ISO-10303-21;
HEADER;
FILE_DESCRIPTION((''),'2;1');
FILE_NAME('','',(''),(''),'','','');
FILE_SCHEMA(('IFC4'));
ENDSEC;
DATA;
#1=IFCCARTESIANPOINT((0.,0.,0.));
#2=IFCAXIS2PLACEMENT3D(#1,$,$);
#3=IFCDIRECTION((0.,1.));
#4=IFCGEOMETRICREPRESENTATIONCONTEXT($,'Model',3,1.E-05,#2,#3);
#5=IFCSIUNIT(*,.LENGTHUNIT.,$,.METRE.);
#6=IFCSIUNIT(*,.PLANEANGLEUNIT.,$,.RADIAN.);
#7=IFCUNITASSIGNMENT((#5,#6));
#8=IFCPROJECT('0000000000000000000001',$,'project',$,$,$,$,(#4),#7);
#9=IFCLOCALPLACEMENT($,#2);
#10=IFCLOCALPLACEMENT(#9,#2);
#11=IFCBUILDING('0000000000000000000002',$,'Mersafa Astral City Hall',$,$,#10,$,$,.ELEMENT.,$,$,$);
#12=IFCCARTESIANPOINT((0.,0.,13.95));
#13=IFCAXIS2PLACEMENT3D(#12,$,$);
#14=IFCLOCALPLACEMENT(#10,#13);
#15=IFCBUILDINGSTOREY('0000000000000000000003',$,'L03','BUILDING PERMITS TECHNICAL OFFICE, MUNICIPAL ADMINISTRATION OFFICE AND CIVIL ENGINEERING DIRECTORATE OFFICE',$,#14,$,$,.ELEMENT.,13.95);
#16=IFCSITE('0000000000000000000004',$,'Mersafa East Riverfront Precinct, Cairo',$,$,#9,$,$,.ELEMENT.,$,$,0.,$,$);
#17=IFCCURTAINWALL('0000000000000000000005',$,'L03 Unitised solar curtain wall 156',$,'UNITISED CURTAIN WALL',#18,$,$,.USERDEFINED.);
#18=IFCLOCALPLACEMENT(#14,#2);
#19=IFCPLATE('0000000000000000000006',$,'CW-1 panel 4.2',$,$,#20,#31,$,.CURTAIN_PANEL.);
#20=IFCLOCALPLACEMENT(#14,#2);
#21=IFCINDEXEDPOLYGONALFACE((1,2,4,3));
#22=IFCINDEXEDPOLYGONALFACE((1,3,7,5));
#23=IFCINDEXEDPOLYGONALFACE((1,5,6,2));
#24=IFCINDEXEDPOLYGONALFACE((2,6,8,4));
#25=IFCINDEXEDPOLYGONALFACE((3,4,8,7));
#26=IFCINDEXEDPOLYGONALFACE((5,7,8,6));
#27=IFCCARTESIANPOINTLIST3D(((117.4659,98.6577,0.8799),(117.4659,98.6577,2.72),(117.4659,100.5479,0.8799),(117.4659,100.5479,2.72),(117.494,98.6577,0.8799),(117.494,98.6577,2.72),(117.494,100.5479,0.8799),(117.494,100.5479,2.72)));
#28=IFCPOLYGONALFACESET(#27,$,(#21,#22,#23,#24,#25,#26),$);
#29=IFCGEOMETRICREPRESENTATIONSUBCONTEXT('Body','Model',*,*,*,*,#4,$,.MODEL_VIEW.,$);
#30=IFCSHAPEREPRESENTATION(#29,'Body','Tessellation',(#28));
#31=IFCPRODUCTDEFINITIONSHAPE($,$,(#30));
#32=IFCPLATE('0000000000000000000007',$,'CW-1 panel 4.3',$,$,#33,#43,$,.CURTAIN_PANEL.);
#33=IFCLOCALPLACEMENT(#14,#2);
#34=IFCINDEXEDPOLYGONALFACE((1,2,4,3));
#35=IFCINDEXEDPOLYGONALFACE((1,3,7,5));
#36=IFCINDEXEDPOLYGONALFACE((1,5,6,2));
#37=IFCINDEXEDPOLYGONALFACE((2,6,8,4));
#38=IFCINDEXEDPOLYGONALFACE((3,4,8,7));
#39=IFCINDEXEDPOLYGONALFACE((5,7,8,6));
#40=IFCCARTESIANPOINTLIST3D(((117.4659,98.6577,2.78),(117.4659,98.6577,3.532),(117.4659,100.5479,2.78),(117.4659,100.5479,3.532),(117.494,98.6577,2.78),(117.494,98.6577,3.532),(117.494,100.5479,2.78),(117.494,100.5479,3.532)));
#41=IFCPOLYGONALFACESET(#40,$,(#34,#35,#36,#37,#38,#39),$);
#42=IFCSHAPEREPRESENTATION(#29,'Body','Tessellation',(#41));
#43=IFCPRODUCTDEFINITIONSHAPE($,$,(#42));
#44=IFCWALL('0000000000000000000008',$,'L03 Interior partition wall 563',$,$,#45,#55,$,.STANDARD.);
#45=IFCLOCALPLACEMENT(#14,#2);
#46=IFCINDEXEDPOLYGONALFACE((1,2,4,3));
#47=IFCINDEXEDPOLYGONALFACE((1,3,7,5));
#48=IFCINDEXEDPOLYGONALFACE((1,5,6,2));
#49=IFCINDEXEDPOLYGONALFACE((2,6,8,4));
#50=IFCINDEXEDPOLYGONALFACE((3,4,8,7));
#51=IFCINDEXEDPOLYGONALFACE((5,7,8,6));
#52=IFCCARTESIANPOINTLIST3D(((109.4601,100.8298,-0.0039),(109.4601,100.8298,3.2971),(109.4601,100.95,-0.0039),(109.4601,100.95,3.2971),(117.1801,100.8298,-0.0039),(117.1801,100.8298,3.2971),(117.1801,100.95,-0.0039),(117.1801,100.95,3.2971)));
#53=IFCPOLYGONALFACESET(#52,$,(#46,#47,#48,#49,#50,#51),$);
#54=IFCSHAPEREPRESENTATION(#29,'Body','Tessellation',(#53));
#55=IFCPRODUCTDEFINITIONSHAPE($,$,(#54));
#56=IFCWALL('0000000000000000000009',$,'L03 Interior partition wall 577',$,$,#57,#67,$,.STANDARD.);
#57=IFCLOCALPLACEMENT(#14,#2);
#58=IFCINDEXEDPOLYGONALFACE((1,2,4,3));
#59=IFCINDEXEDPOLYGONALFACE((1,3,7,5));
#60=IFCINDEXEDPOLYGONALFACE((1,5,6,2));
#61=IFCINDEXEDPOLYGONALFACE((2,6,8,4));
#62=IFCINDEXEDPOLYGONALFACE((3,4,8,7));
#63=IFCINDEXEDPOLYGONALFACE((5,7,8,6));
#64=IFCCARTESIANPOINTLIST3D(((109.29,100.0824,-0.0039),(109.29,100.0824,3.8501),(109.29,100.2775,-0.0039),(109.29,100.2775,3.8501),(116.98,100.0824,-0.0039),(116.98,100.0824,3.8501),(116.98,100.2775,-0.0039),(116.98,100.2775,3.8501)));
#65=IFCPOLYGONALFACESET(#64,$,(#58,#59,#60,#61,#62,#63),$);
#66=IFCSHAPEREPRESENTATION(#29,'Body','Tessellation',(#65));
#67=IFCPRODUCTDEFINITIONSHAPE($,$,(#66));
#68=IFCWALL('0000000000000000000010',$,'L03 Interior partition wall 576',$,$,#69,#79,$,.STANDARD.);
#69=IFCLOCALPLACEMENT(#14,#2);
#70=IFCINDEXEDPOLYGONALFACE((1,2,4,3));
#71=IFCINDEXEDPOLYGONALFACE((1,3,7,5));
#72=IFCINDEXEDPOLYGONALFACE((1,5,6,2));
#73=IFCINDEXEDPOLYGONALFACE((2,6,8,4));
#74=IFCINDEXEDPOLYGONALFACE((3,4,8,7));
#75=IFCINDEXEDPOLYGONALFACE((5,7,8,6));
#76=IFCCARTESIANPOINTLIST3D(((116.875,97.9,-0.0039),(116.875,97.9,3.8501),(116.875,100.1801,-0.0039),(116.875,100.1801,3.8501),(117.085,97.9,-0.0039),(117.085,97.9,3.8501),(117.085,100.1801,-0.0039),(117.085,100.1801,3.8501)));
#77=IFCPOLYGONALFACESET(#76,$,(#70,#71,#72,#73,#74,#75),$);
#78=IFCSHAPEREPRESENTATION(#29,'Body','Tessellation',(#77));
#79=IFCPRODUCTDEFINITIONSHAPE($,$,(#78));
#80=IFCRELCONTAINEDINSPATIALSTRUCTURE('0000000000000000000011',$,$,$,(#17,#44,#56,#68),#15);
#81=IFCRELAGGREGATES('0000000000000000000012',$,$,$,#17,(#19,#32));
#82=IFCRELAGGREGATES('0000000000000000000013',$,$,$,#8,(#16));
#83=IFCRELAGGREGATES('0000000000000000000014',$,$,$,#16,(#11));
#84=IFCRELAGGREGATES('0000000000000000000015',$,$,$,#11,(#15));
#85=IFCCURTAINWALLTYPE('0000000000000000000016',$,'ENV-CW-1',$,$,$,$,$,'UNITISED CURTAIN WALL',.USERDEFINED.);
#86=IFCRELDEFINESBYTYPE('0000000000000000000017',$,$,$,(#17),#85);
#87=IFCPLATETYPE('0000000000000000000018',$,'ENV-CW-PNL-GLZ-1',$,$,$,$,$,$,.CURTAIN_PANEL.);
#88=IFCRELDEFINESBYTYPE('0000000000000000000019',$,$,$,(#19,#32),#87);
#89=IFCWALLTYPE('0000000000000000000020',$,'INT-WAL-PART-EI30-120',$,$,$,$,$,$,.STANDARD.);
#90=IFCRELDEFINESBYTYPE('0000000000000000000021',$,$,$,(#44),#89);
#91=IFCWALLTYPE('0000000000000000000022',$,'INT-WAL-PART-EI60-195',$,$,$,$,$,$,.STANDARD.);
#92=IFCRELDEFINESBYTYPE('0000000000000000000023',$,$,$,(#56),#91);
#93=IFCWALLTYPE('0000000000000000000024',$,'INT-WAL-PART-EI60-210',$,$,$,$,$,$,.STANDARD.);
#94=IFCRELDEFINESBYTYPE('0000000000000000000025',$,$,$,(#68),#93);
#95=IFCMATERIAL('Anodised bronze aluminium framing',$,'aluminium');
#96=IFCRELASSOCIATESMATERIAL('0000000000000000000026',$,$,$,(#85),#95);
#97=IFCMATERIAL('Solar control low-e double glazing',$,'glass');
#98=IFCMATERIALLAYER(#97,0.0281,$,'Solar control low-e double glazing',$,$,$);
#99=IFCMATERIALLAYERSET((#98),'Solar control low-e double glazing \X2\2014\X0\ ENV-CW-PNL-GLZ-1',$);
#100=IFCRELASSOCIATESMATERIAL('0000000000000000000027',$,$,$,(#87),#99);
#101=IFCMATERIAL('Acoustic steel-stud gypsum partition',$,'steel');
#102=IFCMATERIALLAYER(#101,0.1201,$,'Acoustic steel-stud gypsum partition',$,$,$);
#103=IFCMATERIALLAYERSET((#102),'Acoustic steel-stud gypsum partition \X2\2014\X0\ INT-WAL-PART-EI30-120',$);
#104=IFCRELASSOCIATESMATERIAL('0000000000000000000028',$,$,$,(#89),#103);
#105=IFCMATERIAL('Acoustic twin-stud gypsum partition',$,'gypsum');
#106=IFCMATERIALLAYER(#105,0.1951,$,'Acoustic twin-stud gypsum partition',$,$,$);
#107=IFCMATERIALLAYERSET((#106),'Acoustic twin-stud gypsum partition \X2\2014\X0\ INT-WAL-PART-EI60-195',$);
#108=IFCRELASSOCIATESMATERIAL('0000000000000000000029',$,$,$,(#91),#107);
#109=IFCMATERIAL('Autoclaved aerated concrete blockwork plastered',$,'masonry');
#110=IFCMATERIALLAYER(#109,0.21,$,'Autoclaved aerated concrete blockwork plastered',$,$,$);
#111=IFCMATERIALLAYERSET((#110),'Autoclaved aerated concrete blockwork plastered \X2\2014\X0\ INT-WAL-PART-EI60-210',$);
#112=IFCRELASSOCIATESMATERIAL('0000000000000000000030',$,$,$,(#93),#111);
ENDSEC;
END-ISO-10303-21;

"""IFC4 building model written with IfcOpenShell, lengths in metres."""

from ifc_helpers import new_model, si_unit, direction, frame, frame_2d, origin, origin_2d, place, context, subcontext, project, spatial, rectangle, extrude, material, layer, layer_set, type_object, element, aggregate, save


model = new_model("IFC4")

# Units and contexts
model_context = context("Model", 3, precision=1e-05, world=origin(), true_north=direction((0.0, 1.0)))
body_context = subcontext(model_context, "Body", "Model", "MODEL_VIEW")
ifc_project = project(units=[si_unit("LENGTHUNIT", "METRE"), si_unit("PLANEANGLEUNIT", "RADIAN")], contexts=[model_context])

# Site, building, storey
site_placement = place(None, origin())
site = spatial("IfcSite", under=ifc_project, at=site_placement, Name="Mersafa East Riverfront Precinct, Cairo", CompositionType="ELEMENT", RefElevation=0.0)
building_placement = place(site_placement, origin())
building = spatial("IfcBuilding", under=site, at=building_placement, Name="Mersafa Astral City Hall", CompositionType="ELEMENT")
storey_placement = place(building_placement, frame((0.0, 0.0, 13.95)))
storey = spatial("IfcBuildingStorey", under=building, at=storey_placement, Name="L03", Description="BUILDING PERMITS TECHNICAL OFFICE, MUNICIPAL ADMINISTRATION OFFICE AND CIVIL ENGINEERING DIRECTORATE OFFICE", CompositionType="ELEMENT", Elevation=13.95)

# Curtain wall
ifc_material_1 = material(Name="Anodised bronze aluminium framing", Category="aluminium")
curtain_wall_type = type_object("IfcCurtainWallType", Name="ENV-CW-1", ElementType="UNITISED CURTAIN WALL", PredefinedType="USERDEFINED", material=ifc_material_1)
curtain_wall_placement = place(storey_placement, origin())
curtain_wall = element("IfcCurtainWall", 1, at=curtain_wall_placement, inside=storey, type_object=curtain_wall_type, Name="L03 Unitised solar curtain wall 156", ObjectType="UNITISED CURTAIN WALL", PredefinedType="USERDEFINED")

# Plates
ifc_material_2 = material(Name="Solar control low-e double glazing", Category="glass")
ifc_layer_1 = layer(ifc_material_2, 0.0281, Name="Solar control low-e double glazing")
ifc_layer_set_1 = layer_set([ifc_layer_1], Name="Solar control low-e double glazing — ENV-CW-PNL-GLZ-1")
plate_type = type_object("IfcPlateType", Name="ENV-CW-PNL-GLZ-1", PredefinedType="CURTAIN_PANEL", material=ifc_layer_set_1)
plate_1_placement = place(storey_placement, frame((117.48, 99.6028, 0.8799), z_axis=(0.0, 0.0, 1.0), x_axis=(0.0, 1.0, 0.0)))
plate_1 = element("IfcPlate", 2, at=plate_1_placement, type_object=plate_type, Name="CW-1 panel 4.2", PredefinedType="CURTAIN_PANEL", context=body_context, shape_type="SweptSolid", body=[
    extrude(rectangle(XDim=1.8901, YDim=0.0281, at=origin_2d()), origin(), (0.0, 0.0, 1.0), 1.8401),
])
plate_2_placement = place(storey_placement, frame((117.48, 99.6028, 2.78), z_axis=(0.0, 0.0, 1.0), x_axis=(0.0, 1.0, 0.0)))
plate_2 = element("IfcPlate", 3, at=plate_2_placement, type_object=plate_type, Name="CW-1 panel 4.3", PredefinedType="CURTAIN_PANEL", context=body_context, shape_type="SweptSolid", body=[
    extrude(rectangle(XDim=1.8901, YDim=0.0281, at=origin_2d()), origin(), (0.0, 0.0, 1.0), 0.752),
])
aggregate(curtain_wall, [plate_1, plate_2])

# Walls
ifc_material_3 = material(Name="Acoustic steel-stud gypsum partition", Category="steel")
ifc_layer_2 = layer(ifc_material_3, 0.1201, Name="Acoustic steel-stud gypsum partition")
ifc_layer_set_2 = layer_set([ifc_layer_2], Name="Acoustic steel-stud gypsum partition — INT-WAL-PART-EI30-120")
wall_type_1 = type_object("IfcWallType", Name="INT-WAL-PART-EI30-120", PredefinedType="STANDARD", material=ifc_layer_set_2)
wall_1_placement = place(storey_placement, frame((117.1799, 100.8899, -0.0039), z_axis=(0.0, 0.0, 1.0), x_axis=(-1.0, 0.0, 0.0)))
element("IfcWall", 4, at=wall_1_placement, inside=storey, type_object=wall_type_1, Name="L03 Interior partition wall 563", PredefinedType="STANDARD", context=body_context, shape_type="SweptSolid", body=[
    extrude(rectangle(XDim=7.72, YDim=0.1201, at=frame_2d((3.8599, 0.0))), origin(), (0.0, 0.0, 1.0), 3.301),
])
ifc_material_4 = material(Name="Acoustic twin-stud gypsum partition", Category="gypsum")
ifc_layer_3 = layer(ifc_material_4, 0.1951, Name="Acoustic twin-stud gypsum partition")
ifc_layer_set_3 = layer_set([ifc_layer_3], Name="Acoustic twin-stud gypsum partition — INT-WAL-PART-EI60-195")
wall_type_2 = type_object("IfcWallType", Name="INT-WAL-PART-EI60-195", PredefinedType="STANDARD", material=ifc_layer_set_3)
wall_2_placement = place(storey_placement, frame((116.98, 100.1799, -0.0039), z_axis=(0.0, 0.0, 1.0), x_axis=(-1.0, 0.0, 0.0)))
element("IfcWall", 5, at=wall_2_placement, inside=storey, type_object=wall_type_2, Name="L03 Interior partition wall 577", PredefinedType="STANDARD", context=body_context, shape_type="SweptSolid", body=[
    extrude(rectangle(XDim=7.6899, YDim=0.1951, at=frame_2d((3.845, 0.0))), origin(), (0.0, 0.0, 1.0), 3.854),
])
ifc_material_5 = material(Name="Autoclaved aerated concrete blockwork plastered", Category="masonry")
ifc_layer_4 = layer(ifc_material_5, 0.21, Name="Autoclaved aerated concrete blockwork plastered")
ifc_layer_set_4 = layer_set([ifc_layer_4], Name="Autoclaved aerated concrete blockwork plastered — INT-WAL-PART-EI60-210")
wall_type_3 = type_object("IfcWallType", Name="INT-WAL-PART-EI60-210", PredefinedType="STANDARD", material=ifc_layer_set_4)
wall_3_placement = place(storey_placement, frame((116.98, 97.8999, -0.0039), z_axis=(0.0, 0.0, 1.0), x_axis=(0.0, 1.0, 0.0)))
element("IfcWall", 6, at=wall_3_placement, inside=storey, type_object=wall_type_3, Name="L03 Interior partition wall 576", PredefinedType="STANDARD", context=body_context, shape_type="SweptSolid", body=[
    extrude(rectangle(XDim=2.28, YDim=0.21, at=frame_2d((1.1401, 0.0))), origin(), (0.0, 0.0, 1.0), 3.854),
])

save(model, "model.ifc")
